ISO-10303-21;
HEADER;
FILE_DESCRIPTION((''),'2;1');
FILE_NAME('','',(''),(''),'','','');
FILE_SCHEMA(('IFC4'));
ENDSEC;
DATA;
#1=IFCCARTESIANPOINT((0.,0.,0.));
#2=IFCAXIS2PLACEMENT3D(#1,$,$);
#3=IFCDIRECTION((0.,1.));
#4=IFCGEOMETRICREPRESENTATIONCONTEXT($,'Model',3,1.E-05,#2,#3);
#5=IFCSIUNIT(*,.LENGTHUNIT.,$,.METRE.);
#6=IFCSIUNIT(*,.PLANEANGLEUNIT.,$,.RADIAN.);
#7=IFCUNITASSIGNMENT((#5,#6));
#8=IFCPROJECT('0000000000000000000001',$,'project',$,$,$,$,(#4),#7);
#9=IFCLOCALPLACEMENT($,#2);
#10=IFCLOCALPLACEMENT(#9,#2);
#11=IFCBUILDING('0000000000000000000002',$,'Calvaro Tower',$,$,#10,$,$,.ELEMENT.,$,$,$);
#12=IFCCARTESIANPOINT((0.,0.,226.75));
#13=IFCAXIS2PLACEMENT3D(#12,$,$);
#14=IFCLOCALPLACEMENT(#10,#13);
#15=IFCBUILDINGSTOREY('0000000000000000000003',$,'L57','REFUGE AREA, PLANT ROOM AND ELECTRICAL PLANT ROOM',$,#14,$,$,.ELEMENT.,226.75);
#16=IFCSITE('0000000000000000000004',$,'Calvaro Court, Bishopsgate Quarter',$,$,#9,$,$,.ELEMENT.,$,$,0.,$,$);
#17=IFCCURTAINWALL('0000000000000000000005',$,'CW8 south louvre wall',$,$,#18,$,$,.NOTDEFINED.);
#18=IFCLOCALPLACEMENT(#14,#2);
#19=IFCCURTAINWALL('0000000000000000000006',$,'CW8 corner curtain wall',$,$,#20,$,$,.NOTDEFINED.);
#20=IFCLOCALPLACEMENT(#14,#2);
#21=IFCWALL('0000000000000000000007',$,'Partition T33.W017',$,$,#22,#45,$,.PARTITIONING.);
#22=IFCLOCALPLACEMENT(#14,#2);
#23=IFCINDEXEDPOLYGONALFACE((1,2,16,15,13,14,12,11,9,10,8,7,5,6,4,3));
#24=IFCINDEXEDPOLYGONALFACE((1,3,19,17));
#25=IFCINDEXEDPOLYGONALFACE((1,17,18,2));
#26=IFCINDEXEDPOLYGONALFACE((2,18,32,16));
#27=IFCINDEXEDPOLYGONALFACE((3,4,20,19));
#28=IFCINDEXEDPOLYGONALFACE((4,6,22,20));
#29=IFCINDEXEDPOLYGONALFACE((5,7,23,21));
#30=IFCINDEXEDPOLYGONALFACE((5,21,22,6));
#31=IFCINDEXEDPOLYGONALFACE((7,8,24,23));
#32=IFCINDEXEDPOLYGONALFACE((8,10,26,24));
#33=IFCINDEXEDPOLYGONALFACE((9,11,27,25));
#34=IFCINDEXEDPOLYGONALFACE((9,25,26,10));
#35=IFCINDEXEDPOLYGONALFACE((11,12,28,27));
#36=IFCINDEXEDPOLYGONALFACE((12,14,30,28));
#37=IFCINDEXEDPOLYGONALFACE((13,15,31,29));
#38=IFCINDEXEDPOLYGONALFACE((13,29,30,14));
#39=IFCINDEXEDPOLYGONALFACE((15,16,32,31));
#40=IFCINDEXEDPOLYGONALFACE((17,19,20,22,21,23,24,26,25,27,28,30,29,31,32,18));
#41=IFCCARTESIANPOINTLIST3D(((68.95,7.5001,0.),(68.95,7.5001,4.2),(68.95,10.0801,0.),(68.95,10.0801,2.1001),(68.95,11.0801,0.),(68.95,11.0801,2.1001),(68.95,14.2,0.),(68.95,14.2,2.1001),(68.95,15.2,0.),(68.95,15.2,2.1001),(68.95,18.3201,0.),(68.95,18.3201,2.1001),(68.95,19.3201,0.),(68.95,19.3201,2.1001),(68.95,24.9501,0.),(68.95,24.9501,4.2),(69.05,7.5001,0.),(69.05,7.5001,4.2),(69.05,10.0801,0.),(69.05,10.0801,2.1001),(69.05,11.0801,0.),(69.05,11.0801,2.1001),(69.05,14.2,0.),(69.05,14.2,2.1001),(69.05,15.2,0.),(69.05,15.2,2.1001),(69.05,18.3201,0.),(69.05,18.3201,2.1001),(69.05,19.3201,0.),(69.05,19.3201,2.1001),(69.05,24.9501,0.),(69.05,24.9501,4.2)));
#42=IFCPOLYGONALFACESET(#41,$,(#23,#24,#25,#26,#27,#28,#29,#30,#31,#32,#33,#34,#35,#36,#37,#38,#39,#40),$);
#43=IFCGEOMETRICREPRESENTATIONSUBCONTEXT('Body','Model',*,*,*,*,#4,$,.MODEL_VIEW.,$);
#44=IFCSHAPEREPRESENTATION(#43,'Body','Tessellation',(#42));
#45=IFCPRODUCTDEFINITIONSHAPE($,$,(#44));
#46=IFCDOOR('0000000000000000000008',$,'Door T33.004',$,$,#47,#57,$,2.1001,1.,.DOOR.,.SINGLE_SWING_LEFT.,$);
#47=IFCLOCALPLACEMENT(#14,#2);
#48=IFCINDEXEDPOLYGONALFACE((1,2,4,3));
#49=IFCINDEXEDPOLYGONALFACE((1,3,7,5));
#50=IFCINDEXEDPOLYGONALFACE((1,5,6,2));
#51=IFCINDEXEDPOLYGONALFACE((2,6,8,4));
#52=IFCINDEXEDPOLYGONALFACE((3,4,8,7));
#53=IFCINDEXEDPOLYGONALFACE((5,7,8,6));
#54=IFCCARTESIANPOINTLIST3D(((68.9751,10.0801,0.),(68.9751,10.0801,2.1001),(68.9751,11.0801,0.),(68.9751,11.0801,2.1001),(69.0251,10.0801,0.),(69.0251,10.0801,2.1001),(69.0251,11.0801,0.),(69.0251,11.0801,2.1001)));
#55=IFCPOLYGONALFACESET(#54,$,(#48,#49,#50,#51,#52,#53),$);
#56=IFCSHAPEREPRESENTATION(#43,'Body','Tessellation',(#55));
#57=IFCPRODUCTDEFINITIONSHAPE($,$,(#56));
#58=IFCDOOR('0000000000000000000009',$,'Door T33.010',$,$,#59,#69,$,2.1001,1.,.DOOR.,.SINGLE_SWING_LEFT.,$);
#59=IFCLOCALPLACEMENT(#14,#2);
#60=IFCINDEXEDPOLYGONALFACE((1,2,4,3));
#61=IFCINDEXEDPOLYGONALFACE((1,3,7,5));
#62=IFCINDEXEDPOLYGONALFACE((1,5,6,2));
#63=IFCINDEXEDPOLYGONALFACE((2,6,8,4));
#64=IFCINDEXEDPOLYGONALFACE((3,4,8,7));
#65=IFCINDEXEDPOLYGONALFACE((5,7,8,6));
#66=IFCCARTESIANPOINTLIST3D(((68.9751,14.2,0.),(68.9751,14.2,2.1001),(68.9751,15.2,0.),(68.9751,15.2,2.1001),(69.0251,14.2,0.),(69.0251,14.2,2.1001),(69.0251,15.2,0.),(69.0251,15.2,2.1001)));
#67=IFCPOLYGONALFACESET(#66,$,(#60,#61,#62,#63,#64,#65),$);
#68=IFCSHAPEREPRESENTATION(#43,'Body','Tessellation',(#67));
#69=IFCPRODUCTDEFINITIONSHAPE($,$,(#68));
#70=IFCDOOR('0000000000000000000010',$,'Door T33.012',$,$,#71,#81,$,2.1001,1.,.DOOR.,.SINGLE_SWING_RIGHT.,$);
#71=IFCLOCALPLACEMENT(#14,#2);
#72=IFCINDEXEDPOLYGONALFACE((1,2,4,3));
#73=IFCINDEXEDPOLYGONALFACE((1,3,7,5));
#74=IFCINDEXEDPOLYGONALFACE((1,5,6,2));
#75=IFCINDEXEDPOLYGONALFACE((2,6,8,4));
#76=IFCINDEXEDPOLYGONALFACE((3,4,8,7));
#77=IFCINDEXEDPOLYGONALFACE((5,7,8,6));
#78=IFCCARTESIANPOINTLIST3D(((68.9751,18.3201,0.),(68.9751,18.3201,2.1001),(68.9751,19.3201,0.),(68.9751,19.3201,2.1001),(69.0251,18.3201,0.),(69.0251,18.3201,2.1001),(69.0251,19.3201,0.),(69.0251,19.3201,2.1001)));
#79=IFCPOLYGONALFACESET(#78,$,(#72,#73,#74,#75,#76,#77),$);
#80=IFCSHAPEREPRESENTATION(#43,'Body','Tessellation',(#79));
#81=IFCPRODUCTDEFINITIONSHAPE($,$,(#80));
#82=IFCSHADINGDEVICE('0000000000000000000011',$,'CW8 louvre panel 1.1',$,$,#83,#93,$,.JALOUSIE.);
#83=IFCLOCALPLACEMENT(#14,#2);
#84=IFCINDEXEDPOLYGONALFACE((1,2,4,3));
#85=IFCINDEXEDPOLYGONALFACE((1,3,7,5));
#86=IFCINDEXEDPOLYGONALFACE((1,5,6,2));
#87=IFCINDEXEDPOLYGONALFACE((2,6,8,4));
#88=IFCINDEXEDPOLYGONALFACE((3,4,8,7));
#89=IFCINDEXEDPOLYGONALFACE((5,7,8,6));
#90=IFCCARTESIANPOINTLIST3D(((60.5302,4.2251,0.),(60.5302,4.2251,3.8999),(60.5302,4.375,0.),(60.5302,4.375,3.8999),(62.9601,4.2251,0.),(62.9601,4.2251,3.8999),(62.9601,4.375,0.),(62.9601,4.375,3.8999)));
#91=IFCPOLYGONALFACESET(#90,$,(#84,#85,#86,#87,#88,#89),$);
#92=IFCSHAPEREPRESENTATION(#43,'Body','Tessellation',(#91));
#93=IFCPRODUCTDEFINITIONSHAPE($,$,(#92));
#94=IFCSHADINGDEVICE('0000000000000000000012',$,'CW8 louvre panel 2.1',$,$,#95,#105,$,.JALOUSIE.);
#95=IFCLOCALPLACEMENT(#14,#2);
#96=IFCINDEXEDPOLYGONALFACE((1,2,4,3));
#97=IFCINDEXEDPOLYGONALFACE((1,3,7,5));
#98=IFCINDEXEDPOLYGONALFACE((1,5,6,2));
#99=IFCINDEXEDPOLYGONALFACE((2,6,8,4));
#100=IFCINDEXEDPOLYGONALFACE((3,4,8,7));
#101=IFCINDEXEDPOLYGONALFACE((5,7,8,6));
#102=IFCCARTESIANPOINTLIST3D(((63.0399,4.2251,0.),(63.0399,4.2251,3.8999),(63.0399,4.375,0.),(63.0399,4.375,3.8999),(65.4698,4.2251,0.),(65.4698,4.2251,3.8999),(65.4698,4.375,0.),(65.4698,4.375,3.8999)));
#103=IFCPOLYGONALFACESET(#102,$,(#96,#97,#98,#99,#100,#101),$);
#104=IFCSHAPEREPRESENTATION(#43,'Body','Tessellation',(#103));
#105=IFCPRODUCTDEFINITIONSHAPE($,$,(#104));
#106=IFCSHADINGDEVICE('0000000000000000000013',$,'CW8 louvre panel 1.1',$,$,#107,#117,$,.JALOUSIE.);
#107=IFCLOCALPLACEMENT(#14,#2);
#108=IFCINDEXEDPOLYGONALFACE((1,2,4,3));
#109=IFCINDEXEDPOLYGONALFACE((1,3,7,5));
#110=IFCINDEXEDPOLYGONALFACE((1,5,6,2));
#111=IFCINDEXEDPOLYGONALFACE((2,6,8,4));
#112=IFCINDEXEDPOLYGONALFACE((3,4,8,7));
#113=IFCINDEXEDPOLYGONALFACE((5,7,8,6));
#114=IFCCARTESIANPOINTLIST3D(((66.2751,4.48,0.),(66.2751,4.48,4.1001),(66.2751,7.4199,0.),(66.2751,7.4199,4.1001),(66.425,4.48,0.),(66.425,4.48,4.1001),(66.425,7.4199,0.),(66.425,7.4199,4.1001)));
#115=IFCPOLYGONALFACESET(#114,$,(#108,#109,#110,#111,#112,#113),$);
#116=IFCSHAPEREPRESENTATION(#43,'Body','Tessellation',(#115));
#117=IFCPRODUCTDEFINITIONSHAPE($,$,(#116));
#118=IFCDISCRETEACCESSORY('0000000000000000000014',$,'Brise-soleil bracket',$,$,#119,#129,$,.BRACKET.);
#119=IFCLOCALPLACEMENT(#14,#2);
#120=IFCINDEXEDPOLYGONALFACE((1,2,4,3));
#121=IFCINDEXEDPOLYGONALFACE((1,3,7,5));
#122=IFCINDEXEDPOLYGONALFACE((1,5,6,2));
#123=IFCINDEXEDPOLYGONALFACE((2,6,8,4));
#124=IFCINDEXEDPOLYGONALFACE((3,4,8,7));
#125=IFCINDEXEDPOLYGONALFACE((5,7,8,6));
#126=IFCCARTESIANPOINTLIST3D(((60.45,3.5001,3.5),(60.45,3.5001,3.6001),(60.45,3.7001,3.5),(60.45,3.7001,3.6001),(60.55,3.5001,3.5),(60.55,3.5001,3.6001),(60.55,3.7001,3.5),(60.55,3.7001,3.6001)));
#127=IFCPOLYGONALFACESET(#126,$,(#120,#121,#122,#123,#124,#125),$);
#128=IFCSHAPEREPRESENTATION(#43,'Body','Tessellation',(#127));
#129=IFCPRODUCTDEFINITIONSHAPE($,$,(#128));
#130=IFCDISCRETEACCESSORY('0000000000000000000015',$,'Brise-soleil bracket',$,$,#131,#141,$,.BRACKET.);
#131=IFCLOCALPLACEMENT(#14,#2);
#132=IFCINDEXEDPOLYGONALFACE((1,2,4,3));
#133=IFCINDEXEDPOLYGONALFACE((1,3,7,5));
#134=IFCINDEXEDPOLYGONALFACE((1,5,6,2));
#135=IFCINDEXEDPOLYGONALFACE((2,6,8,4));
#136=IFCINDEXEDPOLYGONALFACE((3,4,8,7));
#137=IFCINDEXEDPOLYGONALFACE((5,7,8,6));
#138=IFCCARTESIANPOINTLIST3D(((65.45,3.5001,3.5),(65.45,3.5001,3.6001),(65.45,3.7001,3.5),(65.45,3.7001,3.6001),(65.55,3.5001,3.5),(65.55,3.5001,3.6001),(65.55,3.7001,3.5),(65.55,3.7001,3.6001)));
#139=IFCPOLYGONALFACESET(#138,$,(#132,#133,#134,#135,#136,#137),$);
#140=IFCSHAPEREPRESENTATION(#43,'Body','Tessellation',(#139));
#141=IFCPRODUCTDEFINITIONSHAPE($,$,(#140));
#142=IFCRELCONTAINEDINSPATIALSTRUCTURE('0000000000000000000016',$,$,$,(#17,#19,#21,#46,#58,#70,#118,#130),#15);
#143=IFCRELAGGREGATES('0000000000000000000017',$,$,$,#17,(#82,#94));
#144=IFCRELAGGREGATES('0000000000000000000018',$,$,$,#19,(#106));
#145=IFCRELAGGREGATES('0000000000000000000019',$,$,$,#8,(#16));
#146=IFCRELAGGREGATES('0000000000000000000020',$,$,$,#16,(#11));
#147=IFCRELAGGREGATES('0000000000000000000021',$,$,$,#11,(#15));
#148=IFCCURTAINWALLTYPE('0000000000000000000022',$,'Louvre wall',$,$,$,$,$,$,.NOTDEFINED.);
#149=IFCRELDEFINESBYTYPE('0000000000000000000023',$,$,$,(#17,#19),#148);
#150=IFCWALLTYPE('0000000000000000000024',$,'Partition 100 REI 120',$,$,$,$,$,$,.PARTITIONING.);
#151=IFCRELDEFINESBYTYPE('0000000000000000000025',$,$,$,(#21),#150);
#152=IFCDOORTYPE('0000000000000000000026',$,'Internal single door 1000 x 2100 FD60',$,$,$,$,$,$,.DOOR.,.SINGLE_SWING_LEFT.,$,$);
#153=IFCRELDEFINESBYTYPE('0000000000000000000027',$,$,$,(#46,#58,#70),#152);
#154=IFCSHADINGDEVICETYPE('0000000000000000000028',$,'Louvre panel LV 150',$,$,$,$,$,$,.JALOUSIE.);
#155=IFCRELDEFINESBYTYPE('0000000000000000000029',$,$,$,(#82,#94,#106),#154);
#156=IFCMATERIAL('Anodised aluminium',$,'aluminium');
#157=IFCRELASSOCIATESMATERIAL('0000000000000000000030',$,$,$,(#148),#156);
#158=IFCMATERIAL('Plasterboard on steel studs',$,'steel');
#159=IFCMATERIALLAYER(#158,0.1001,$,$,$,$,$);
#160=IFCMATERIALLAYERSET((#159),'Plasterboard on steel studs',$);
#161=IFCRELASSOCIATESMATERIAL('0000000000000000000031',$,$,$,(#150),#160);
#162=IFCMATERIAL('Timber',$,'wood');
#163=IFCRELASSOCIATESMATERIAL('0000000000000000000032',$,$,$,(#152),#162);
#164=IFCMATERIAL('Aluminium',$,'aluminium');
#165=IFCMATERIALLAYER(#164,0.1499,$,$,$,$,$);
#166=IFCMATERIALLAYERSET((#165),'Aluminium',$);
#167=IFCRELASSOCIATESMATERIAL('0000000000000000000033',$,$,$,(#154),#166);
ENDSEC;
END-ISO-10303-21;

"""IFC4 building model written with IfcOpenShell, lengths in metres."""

from ifc_helpers import new_model, si_unit, direction, frame, frame_2d, origin, origin_2d, place, context, subcontext, project, spatial, rectangle, extrude, material, layer, layer_set, type_object, element, fill, aggregate, save


model = new_model("IFC4")

# Units and contexts
model_context = context("Model", 3, precision=1e-05, world=origin(), true_north=direction((0.0, 1.0)))
body_context = subcontext(model_context, "Body", "Model", "MODEL_VIEW")
ifc_project = project(units=[si_unit("LENGTHUNIT", "METRE"), si_unit("PLANEANGLEUNIT", "RADIAN")], contexts=[model_context])

# Site, building, storey
site_placement = place(None, origin())
site = spatial("IfcSite", under=ifc_project, at=site_placement, Name="Calvaro Court, Bishopsgate Quarter", CompositionType="ELEMENT", RefElevation=0.0)
building_placement = place(site_placement, origin())
building = spatial("IfcBuilding", under=site, at=building_placement, Name="Calvaro Tower", CompositionType="ELEMENT")
storey_placement = place(building_placement, frame((0.0, 0.0, 226.75)))
storey = spatial("IfcBuildingStorey", under=building, at=storey_placement, Name="L57", Description="REFUGE AREA, PLANT ROOM AND ELECTRICAL PLANT ROOM", CompositionType="ELEMENT", Elevation=226.75)

# Curtain walls
ifc_material_1 = material(Name="Anodised aluminium", Category="aluminium")
curtain_wall_type = type_object("IfcCurtainWallType", Name="Louvre wall", PredefinedType="NOTDEFINED", material=ifc_material_1)
curtain_wall_1_placement = place(storey_placement, origin())
curtain_wall_1 = element("IfcCurtainWall", 1, at=curtain_wall_1_placement, inside=storey, type_object=curtain_wall_type, Name="CW8 south louvre wall", PredefinedType="NOTDEFINED")
curtain_wall_2_placement = place(storey_placement, origin())
curtain_wall_2 = element("IfcCurtainWall", 2, at=curtain_wall_2_placement, inside=storey, type_object=curtain_wall_type, Name="CW8 corner curtain wall", PredefinedType="NOTDEFINED")

# Wall, openings, doors
ifc_material_2 = material(Name="Plasterboard on steel studs", Category="steel")
ifc_layer_1 = layer(ifc_material_2, 0.1001)
ifc_layer_set_1 = layer_set([ifc_layer_1], Name="Plasterboard on steel studs")
wall_type_1 = type_object("IfcWallType", Name="Partition 100 REI 120", PredefinedType="PARTITIONING", material=ifc_layer_set_1)
wall_1_placement = place(storey_placement, frame((69.0, 7.5, 0.0), z_axis=(0.0, 0.0, 1.0), x_axis=(0.0, 1.0, 0.0)))
wall_1 = element("IfcWall", 3, at=wall_1_placement, inside=storey, type_object=wall_type_1, Name="Partition T33.W017", PredefinedType="PARTITIONING", context=body_context, shape_type="SweptSolid", body=[
    extrude(rectangle(XDim=17.45, YDim=0.1001, at=frame_2d((8.7251, 0.0))), origin(), (0.0, 0.0, 1.0), 4.2),
])
opening_1_placement = place(wall_1_placement, frame((2.5801, 0.0, 0.0)))
opening_1 = element("IfcOpeningElement", 4, at=opening_1_placement, cuts=wall_1, PredefinedType="OPENING", context=body_context, shape_type="SweptSolid", body=[
    extrude(rectangle(XDim=1.0, YDim=2.1001, at=frame_2d((0.5, 1.05))), frame((0.0, 0.0601, 0.0), z_axis=(0.0, -1.0, 0.0), x_axis=(1.0, 0.0, 0.0)), (0.0, 0.0, 1.0), 0.1201),
])
opening_2_placement = place(wall_1_placement, frame((6.7, 0.0, 0.0)))
opening_2 = element("IfcOpeningElement", 5, at=opening_2_placement, cuts=wall_1, PredefinedType="OPENING", context=body_context, shape_type="SweptSolid", body=[
    extrude(rectangle(XDim=1.0, YDim=2.1001, at=frame_2d((0.5, 1.05))), frame((0.0, 0.0601, 0.0), z_axis=(0.0, -1.0, 0.0), x_axis=(1.0, 0.0, 0.0)), (0.0, 0.0, 1.0), 0.1201),
])
opening_3_placement = place(wall_1_placement, frame((10.8201, 0.0, 0.0)))
opening_3 = element("IfcOpeningElement", 6, at=opening_3_placement, cuts=wall_1, PredefinedType="OPENING", context=body_context, shape_type="SweptSolid", body=[
    extrude(rectangle(XDim=1.0, YDim=2.1001, at=frame_2d((0.5, 1.05))), frame((0.0, 0.0601, 0.0), z_axis=(0.0, -1.0, 0.0), x_axis=(1.0, 0.0, 0.0)), (0.0, 0.0, 1.0), 0.1201),
])
ifc_material_3 = material(Name="Timber", Category="wood")
door_type = type_object("IfcDoorType", Name="Internal single door 1000 x 2100 FD60", OperationType="SINGLE_SWING_LEFT", PredefinedType="DOOR", material=ifc_material_3)
door_1_placement = place(opening_1_placement, origin())
door_1 = element("IfcDoor", 7, at=door_1_placement, inside=storey, type_object=door_type, Name="Door T33.004", OperationType="SINGLE_SWING_LEFT", OverallHeight=2.1001, OverallWidth=1.0, PredefinedType="DOOR", context=body_context, shape_type="SweptSolid", body=[
    extrude(rectangle(XDim=1.0, YDim=2.1001, at=frame_2d((0.5, 1.05))), frame((0.0, 0.0249, 0.0), z_axis=(0.0, -1.0, 0.0), x_axis=(1.0, 0.0, 0.0)), (0.0, 0.0, 1.0), 0.05),
])
fill(opening_1, door_1)
door_2_placement = place(opening_2_placement, origin())
door_2 = element("IfcDoor", 8, at=door_2_placement, inside=storey, type_object=door_type, Name="Door T33.010", OperationType="SINGLE_SWING_LEFT", OverallHeight=2.1001, OverallWidth=1.0, PredefinedType="DOOR", context=body_context, shape_type="SweptSolid", body=[
    extrude(rectangle(XDim=1.0, YDim=2.1001, at=frame_2d((0.5, 1.05))), frame((0.0, 0.0249, 0.0), z_axis=(0.0, -1.0, 0.0), x_axis=(1.0, 0.0, 0.0)), (0.0, 0.0, 1.0), 0.05),
])
fill(opening_2, door_2)
door_3_placement = place(opening_3_placement, origin())
door_3 = element("IfcDoor", 9, at=door_3_placement, inside=storey, type_object=door_type, Name="Door T33.012", OperationType="SINGLE_SWING_RIGHT", OverallHeight=2.1001, OverallWidth=1.0, PredefinedType="DOOR", context=body_context, shape_type="SweptSolid", body=[
    extrude(rectangle(XDim=1.0, YDim=2.1001, at=frame_2d((0.5, 1.05))), frame((0.0, 0.0249, 0.0), z_axis=(0.0, -1.0, 0.0), x_axis=(1.0, 0.0, 0.0)), (0.0, 0.0, 1.0), 0.05),
])
fill(opening_3, door_3)

# Shading devices
ifc_material_4 = material(Name="Aluminium", Category="aluminium")
ifc_layer_2 = layer(ifc_material_4, 0.1499)
ifc_layer_set_2 = layer_set([ifc_layer_2], Name="Aluminium")
shading_device_type = type_object("IfcShadingDeviceType", Name="Louvre panel LV 150", PredefinedType="JALOUSIE", material=ifc_layer_set_2)
shading_device_1_placement = place(storey_placement, frame((61.7451, 4.3, 0.0), z_axis=(0.0, 0.0, 1.0), x_axis=(1.0, 0.0, 0.0)))
shading_device_1 = element("IfcShadingDevice", 10, at=shading_device_1_placement, type_object=shading_device_type, Name="CW8 louvre panel 1.1", PredefinedType="JALOUSIE", context=body_context, shape_type="SweptSolid", body=[
    extrude(rectangle(XDim=2.4299, YDim=0.1499, at=origin_2d()), origin(), (0.0, 0.0, 1.0), 3.8999),
])
shading_device_2_placement = place(storey_placement, frame((64.2549, 4.3, 0.0), z_axis=(0.0, 0.0, 1.0), x_axis=(1.0, 0.0, 0.0)))
shading_device_2 = element("IfcShadingDevice", 11, at=shading_device_2_placement, type_object=shading_device_type, Name="CW8 louvre panel 2.1", PredefinedType="JALOUSIE", context=body_context, shape_type="SweptSolid", body=[
    extrude(rectangle(XDim=2.4299, YDim=0.1499, at=origin_2d()), origin(), (0.0, 0.0, 1.0), 3.8999),
])
aggregate(curtain_wall_1, [shading_device_1, shading_device_2])
shading_device_3_placement = place(storey_placement, frame((66.3501, 5.95, 0.0), z_axis=(0.0, 0.0, 1.0), x_axis=(0.0, 1.0, 0.0)))
shading_device_3 = element("IfcShadingDevice", 12, at=shading_device_3_placement, type_object=shading_device_type, Name="CW8 louvre panel 1.1", PredefinedType="JALOUSIE", context=body_context, shape_type="SweptSolid", body=[
    extrude(rectangle(XDim=2.9399, YDim=0.1499, at=origin_2d()), origin(), (0.0, 0.0, 1.0), 4.1001),
])
aggregate(curtain_wall_2, [shading_device_3])

# Discrete accessories
for number, where, z_axis, x_axis, name in (
    (13, (60.5, 3.6001, 3.5), (0.0, 0.0, 1.0), (1.0, 0.0, 0.0), "Brise-soleil bracket"),
    (14, (65.5, 3.6001, 3.5), (0.0, 0.0, 1.0), (1.0, 0.0, 0.0), "Brise-soleil bracket"),
):
    element("IfcDiscreteAccessory", number, at=place(storey_placement, frame(where, z_axis=z_axis, x_axis=x_axis)), inside=storey, Name=name, PredefinedType="BRACKET", context=body_context, shape_type="SweptSolid", body=[
        extrude(rectangle(XDim=0.1001, YDim=0.2, at=origin_2d()), origin(), (0.0, 0.0, 1.0), 0.1001),
    ])

save(model, "model.ifc")
